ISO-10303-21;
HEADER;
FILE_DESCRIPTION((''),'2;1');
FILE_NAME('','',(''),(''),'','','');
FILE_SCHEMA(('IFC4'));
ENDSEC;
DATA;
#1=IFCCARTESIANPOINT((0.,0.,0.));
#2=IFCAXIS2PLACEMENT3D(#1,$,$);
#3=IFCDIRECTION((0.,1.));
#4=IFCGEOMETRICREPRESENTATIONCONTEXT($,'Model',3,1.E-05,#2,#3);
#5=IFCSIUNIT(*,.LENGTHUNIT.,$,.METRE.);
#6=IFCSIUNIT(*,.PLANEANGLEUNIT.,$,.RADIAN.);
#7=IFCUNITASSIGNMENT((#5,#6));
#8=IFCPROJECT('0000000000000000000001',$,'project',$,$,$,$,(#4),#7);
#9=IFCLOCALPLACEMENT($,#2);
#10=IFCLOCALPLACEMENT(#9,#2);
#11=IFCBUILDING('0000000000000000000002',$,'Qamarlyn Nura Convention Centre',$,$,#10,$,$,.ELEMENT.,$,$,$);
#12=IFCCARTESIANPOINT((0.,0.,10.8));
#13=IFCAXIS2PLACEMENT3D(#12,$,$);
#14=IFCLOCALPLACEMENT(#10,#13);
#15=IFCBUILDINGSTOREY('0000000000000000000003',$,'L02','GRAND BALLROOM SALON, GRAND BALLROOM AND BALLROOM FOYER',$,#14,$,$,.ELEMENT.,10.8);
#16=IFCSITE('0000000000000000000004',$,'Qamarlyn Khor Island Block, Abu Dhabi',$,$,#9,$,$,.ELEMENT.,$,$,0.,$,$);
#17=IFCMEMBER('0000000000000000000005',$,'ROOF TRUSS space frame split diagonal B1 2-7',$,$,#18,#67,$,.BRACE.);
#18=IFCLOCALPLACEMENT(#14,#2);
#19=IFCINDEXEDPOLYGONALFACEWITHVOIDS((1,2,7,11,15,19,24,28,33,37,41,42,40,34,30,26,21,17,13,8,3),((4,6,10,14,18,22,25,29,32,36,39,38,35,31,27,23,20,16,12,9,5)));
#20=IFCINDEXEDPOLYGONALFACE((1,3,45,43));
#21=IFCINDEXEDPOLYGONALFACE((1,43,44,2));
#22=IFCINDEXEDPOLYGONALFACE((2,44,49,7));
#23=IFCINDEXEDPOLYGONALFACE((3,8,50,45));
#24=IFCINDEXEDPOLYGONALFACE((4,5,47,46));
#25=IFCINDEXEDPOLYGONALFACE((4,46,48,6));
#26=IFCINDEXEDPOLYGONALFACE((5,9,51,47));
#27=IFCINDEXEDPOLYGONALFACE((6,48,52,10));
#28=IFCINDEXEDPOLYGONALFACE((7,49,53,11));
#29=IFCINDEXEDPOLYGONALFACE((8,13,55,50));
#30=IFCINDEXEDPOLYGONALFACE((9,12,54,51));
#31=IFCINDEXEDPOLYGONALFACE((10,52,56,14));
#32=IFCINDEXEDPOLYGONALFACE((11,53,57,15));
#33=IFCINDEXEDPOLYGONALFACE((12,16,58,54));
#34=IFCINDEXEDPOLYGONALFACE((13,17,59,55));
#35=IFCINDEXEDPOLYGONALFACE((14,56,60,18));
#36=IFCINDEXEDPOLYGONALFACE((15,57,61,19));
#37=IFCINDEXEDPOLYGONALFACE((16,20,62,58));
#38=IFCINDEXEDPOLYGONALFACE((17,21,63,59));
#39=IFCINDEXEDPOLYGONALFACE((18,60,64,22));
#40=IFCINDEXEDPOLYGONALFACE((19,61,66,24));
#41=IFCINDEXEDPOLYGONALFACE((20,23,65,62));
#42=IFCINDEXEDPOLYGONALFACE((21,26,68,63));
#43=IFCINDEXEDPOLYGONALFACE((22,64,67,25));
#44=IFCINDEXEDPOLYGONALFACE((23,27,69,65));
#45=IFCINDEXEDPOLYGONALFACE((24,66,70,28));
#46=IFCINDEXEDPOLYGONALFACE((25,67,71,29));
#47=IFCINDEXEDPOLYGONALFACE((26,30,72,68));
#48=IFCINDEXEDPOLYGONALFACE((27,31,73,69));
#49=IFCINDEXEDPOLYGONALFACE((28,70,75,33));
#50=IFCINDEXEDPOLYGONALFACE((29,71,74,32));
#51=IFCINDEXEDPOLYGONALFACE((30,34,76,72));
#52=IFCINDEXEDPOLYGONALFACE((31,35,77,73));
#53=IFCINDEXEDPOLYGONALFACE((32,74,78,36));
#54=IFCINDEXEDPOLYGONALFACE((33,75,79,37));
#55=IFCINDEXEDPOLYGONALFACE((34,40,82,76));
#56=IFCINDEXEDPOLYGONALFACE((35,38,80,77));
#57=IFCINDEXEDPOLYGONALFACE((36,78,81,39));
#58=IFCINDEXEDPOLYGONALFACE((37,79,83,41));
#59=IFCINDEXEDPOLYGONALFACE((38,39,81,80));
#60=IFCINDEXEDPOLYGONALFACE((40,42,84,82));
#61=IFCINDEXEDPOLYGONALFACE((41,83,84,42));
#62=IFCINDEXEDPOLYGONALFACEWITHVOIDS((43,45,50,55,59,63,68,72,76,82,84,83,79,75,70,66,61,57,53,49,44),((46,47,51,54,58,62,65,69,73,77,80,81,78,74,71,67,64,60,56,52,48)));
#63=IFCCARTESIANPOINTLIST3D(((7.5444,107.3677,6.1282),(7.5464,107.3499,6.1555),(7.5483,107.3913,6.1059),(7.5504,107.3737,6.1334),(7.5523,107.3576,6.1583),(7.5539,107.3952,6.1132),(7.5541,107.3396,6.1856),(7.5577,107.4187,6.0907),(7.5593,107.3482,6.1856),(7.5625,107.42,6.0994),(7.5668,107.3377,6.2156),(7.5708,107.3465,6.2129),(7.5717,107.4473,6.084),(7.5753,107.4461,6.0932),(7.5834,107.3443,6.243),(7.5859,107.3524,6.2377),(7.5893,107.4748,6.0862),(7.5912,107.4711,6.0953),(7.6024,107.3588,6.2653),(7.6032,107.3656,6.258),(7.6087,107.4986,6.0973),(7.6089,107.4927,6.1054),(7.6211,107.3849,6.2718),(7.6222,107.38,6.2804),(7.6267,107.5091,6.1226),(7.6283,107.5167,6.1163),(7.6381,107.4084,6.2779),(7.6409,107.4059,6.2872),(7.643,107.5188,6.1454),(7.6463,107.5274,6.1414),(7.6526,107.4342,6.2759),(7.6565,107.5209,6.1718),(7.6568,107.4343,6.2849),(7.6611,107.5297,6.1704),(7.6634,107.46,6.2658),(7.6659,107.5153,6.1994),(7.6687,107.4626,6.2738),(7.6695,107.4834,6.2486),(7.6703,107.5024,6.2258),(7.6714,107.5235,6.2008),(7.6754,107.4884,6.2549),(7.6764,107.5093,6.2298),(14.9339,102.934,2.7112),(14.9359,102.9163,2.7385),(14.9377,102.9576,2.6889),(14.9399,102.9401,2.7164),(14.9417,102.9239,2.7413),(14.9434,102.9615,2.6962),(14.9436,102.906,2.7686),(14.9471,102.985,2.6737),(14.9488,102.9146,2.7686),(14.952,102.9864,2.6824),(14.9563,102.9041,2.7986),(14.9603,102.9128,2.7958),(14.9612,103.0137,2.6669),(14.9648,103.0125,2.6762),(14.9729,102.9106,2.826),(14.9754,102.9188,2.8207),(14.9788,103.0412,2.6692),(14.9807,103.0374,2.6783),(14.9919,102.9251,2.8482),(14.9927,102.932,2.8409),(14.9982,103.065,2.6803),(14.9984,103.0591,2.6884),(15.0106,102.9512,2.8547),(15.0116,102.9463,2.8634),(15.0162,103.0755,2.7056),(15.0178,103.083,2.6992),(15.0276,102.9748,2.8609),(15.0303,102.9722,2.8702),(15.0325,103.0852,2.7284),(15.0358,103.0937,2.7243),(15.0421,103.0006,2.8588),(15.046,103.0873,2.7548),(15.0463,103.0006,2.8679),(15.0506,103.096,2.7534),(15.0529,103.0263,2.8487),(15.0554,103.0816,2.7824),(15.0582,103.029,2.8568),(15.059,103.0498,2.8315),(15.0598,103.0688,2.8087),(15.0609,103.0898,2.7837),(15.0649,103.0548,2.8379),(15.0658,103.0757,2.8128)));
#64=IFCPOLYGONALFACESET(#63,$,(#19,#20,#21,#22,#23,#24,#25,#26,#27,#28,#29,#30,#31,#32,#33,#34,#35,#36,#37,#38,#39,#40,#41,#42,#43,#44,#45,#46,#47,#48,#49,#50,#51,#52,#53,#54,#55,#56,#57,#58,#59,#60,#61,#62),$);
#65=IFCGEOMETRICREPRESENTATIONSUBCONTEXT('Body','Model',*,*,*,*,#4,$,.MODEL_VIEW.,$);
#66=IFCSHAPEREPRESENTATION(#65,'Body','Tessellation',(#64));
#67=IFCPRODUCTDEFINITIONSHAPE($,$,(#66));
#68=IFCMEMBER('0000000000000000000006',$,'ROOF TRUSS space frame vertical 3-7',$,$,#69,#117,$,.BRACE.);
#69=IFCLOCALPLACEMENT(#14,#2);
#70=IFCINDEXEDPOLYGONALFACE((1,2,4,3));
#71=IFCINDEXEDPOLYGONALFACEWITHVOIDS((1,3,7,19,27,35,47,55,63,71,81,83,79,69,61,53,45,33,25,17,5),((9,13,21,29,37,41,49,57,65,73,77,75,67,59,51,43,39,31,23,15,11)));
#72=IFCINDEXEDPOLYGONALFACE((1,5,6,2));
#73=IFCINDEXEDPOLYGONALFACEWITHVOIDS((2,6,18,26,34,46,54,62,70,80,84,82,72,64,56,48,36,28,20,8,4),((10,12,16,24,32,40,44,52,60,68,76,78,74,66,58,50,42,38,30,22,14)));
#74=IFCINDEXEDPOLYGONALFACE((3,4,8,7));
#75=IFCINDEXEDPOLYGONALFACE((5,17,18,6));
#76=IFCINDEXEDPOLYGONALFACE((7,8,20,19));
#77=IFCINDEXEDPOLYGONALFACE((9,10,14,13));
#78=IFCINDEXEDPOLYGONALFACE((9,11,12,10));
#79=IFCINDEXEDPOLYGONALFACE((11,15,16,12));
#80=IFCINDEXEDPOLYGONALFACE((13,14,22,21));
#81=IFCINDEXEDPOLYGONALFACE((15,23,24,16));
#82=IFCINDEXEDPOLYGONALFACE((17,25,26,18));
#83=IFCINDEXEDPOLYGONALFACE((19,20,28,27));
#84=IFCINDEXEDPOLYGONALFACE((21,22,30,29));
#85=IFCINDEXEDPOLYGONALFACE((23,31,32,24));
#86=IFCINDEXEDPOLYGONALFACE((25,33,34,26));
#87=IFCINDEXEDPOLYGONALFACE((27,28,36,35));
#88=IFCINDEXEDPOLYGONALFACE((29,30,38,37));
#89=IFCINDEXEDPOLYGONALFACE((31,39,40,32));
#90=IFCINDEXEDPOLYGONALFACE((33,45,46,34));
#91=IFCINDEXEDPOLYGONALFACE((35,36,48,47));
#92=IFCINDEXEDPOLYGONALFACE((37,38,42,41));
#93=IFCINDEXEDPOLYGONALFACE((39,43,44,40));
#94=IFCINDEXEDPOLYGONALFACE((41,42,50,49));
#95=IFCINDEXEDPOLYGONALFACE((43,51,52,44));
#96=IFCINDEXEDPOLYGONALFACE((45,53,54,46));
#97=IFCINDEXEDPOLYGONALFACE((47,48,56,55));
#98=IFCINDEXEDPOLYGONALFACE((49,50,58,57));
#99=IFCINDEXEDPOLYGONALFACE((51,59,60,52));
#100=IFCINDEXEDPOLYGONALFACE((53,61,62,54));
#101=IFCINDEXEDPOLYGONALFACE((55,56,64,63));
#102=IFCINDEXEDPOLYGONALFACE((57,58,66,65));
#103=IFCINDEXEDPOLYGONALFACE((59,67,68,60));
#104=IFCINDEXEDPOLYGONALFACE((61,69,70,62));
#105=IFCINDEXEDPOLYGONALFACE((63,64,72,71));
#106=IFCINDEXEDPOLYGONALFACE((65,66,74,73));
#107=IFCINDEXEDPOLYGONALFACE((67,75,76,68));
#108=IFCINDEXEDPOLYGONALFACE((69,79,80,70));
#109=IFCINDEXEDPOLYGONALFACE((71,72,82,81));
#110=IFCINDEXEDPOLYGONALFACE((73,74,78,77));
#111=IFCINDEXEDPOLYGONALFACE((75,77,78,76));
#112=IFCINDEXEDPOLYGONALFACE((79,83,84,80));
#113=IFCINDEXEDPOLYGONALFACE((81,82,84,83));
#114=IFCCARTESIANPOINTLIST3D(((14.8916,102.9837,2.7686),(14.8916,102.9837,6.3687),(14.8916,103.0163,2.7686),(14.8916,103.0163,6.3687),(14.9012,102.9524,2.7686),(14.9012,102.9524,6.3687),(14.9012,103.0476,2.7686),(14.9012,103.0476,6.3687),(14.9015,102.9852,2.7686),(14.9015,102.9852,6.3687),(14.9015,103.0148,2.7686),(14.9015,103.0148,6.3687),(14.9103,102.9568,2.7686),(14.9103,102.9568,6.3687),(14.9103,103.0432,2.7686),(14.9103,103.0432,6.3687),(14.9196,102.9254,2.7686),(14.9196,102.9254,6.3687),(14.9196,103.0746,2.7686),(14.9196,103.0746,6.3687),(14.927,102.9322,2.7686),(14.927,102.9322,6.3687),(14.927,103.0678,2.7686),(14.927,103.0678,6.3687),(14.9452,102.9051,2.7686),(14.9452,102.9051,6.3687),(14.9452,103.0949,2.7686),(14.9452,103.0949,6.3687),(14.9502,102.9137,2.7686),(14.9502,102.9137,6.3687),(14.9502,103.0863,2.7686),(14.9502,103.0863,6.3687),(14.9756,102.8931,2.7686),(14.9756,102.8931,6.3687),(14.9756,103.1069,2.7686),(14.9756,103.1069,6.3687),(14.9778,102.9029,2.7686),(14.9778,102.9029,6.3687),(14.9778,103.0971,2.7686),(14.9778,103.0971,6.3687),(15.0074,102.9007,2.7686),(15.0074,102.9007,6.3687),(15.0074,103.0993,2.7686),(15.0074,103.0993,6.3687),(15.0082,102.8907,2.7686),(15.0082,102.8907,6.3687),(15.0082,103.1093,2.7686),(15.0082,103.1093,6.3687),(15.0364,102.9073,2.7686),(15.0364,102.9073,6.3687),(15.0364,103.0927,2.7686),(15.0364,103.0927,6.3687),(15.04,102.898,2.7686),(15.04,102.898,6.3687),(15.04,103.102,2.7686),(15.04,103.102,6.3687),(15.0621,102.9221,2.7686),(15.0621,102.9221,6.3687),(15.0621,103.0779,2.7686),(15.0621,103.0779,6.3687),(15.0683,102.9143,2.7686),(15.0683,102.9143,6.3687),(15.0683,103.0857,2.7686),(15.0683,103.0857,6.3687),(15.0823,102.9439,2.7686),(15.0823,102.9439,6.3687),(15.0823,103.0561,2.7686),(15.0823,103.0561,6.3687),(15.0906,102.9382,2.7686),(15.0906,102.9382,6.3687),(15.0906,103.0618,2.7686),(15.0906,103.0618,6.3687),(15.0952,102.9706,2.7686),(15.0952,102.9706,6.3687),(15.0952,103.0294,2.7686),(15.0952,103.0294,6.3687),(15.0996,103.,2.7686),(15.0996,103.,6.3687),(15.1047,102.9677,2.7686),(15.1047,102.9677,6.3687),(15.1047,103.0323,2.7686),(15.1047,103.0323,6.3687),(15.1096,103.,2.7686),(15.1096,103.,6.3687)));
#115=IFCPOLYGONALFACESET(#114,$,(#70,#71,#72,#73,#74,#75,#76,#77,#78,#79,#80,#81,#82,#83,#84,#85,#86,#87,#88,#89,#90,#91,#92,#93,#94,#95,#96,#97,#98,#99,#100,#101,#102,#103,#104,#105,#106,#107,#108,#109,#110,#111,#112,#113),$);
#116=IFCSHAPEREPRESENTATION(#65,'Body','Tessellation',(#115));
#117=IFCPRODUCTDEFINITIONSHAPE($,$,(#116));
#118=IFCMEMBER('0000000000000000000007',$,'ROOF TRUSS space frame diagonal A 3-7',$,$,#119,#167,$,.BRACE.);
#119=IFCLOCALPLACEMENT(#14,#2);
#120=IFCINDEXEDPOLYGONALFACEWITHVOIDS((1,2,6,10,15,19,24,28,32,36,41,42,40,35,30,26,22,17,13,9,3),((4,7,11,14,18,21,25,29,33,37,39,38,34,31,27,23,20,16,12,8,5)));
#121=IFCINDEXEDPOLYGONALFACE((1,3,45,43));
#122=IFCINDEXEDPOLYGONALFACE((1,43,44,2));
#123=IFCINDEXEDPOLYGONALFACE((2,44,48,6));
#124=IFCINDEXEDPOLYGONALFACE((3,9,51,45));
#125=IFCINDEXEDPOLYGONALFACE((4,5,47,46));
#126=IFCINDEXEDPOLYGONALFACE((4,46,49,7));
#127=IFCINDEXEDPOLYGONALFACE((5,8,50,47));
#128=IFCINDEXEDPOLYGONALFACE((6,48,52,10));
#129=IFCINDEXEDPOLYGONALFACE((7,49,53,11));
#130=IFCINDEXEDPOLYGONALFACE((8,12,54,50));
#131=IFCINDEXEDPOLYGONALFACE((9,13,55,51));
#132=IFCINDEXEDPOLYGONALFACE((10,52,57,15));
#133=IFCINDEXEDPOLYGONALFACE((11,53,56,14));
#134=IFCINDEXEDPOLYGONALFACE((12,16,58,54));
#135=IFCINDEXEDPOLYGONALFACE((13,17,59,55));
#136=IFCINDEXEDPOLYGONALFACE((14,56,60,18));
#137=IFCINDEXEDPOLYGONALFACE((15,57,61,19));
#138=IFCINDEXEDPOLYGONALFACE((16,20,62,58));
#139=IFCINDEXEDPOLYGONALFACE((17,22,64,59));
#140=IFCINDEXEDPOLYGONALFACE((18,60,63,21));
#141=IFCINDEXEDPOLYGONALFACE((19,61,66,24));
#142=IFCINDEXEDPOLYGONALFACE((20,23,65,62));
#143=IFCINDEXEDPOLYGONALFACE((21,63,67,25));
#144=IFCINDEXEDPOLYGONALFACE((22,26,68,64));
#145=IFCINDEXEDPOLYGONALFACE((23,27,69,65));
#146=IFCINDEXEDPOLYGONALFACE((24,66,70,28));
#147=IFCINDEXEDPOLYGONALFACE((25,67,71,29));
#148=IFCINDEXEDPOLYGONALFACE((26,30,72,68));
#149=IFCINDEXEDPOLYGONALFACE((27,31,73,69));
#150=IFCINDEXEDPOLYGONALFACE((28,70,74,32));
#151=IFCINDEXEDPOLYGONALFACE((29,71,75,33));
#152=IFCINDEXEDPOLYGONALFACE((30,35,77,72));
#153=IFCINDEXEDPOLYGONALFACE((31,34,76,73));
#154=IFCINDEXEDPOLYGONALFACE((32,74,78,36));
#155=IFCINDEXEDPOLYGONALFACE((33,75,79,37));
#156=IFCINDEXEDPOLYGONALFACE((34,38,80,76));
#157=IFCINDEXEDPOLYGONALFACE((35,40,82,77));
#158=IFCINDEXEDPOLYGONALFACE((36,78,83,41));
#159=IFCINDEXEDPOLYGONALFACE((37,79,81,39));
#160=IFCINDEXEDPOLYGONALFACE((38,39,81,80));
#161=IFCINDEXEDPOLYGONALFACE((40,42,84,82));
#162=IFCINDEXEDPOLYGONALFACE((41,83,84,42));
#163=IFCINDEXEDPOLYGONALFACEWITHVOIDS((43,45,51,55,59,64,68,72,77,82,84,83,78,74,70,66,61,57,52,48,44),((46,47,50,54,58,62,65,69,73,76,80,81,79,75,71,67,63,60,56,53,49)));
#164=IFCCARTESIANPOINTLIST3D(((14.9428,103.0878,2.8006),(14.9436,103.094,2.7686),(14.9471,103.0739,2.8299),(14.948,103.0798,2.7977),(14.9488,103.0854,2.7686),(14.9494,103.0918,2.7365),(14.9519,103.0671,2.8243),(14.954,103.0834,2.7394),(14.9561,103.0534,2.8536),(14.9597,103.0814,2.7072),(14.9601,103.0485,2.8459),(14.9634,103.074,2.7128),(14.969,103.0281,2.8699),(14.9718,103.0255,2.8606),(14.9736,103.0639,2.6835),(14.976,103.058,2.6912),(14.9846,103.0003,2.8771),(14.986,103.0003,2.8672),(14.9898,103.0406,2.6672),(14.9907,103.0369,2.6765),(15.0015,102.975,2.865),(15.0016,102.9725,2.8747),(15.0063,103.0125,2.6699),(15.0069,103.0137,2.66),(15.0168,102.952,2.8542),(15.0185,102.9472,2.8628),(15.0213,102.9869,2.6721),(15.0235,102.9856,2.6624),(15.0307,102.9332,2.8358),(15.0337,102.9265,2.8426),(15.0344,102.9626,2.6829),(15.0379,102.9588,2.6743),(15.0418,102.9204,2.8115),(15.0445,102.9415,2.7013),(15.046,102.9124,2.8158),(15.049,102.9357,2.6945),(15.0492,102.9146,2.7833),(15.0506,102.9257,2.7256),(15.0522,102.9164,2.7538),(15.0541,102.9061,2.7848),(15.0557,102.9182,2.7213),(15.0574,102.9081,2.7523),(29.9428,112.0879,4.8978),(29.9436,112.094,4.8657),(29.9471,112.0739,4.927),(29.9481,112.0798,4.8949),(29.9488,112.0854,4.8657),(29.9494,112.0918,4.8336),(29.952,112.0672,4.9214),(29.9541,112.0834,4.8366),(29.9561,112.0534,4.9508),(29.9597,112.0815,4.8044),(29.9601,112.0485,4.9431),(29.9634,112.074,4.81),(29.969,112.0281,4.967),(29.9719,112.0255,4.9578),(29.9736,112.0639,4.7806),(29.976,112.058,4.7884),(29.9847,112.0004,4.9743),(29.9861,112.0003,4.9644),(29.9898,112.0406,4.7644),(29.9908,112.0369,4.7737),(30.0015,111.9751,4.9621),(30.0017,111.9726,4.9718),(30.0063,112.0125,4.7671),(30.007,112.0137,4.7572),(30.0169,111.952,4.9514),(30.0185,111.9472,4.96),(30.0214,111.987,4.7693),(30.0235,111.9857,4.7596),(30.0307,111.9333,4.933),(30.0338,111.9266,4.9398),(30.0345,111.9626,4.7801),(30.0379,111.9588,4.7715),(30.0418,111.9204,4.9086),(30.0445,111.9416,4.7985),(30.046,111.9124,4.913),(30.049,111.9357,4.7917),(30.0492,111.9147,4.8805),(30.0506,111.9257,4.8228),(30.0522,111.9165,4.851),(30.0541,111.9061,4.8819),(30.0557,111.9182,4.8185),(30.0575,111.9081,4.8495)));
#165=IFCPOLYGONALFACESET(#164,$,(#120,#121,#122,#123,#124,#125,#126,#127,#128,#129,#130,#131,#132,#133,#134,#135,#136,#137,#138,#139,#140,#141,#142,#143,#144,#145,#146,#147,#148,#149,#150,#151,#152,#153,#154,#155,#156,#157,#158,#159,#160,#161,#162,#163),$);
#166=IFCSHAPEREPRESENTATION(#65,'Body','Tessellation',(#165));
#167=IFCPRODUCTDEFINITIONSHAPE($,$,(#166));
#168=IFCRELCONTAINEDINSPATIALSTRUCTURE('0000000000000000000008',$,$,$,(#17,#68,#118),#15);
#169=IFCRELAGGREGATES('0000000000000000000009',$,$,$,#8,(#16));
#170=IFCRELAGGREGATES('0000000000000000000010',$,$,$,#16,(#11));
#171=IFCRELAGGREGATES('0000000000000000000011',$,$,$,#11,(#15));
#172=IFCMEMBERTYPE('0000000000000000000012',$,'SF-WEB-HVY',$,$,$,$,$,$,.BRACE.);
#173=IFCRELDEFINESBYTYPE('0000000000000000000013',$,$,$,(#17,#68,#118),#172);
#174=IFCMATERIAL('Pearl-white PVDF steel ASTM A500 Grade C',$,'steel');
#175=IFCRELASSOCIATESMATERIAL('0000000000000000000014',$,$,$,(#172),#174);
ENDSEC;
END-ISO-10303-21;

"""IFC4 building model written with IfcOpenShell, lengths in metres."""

from ifc_helpers import new_model, si_unit, direction, frame, origin, origin_2d, place, context, subcontext, project, spatial, hollow_circle, extrude, material, material_profile, profile_set, type_object, element, save


model = new_model("IFC4")

# Units and contexts
model_context = context("Model", 3, precision=1e-05, world=origin(), true_north=direction((0.0, 1.0)))
body_context = subcontext(model_context, "Body", "Model", "MODEL_VIEW")
ifc_project = project(units=[si_unit("LENGTHUNIT", "METRE"), si_unit("PLANEANGLEUNIT", "RADIAN")], contexts=[model_context])

# Site, building, storey
site_placement = place(None, origin())
site = spatial("IfcSite", under=ifc_project, at=site_placement, Name="Qamarlyn Khor Island Block, Abu Dhabi", CompositionType="ELEMENT", RefElevation=0.0)
building_placement = place(site_placement, origin())
building = spatial("IfcBuilding", under=site, at=building_placement, Name="Qamarlyn Nura Convention Centre", CompositionType="ELEMENT")
storey_placement = place(building_placement, frame((0.0, 0.0, 10.8)))
storey = spatial("IfcBuildingStorey", under=building, at=storey_placement, Name="L02", Description="GRAND BALLROOM SALON, GRAND BALLROOM AND BALLROOM FOYER", CompositionType="ELEMENT", Elevation=10.8)

# Shared definitions
ifc_material_1 = material(Name="Pearl-white PVDF steel ASTM A500 Grade C", Category="steel")

# Members
ifc_material_profile_1 = material_profile(ifc_material_1, hollow_circle(Radius=0.1096, WallThickness=0.01, at=origin_2d()), Name="CHS219.1X10")
ifc_profile_set_1 = profile_set([ifc_material_profile_1], Name="Pearl-white PVDF steel ASTM A500 Grade C")
member_type_1 = type_object("IfcMemberType", Name="SF-WEB-HVY", PredefinedType="BRACE", material=ifc_profile_set_1)
member_1_placement = place(storey_placement, frame((15.0, 103.0, 2.7686), z_axis=(-0.797117, 0.478265, 0.368601), x_axis=(-0.514492, -0.857495, 0.0)))
element("IfcMember", 1, at=member_1_placement, inside=storey, type_object=member_type_1, Name="ROOF TRUSS space frame split diagonal B1 2-7", PredefinedType="BRACE", context=body_context, shape_type="SweptSolid", body=[
    extrude(hollow_circle(Radius=0.1096, WallThickness=0.01, at=origin_2d()), origin(), (0.0, 0.0, 1.0), 9.2703),
])
member_2_placement = place(storey_placement, frame((15.0, 103.0, 2.7686), z_axis=(0.0, 0.0, 1.0), x_axis=(1.0, 0.0, 0.0)))
element("IfcMember", 2, at=member_2_placement, inside=storey, type_object=member_type_1, Name="ROOF TRUSS space frame vertical 3-7", PredefinedType="BRACE", context=body_context, shape_type="SweptSolid", body=[
    extrude(hollow_circle(Radius=0.1096, WallThickness=0.01, at=origin_2d()), origin(), (0.0, 0.0, 1.0), 3.6001),
])
member_3_placement = place(storey_placement, frame((15.0, 103.0, 2.7686), z_axis=(0.851396, 0.510838, 0.119035), x_axis=(-0.514496, 0.857493, 0.0)))
element("IfcMember", 3, at=member_3_placement, inside=storey, type_object=member_type_1, Name="ROOF TRUSS space frame diagonal A 3-7", PredefinedType="BRACE", context=body_context, shape_type="SweptSolid", body=[
    extrude(hollow_circle(Radius=0.1096, WallThickness=0.01, at=origin_2d()), origin(), (0.0, 0.0, 1.0), 17.6182),
])

save(model, "model.ifc")
